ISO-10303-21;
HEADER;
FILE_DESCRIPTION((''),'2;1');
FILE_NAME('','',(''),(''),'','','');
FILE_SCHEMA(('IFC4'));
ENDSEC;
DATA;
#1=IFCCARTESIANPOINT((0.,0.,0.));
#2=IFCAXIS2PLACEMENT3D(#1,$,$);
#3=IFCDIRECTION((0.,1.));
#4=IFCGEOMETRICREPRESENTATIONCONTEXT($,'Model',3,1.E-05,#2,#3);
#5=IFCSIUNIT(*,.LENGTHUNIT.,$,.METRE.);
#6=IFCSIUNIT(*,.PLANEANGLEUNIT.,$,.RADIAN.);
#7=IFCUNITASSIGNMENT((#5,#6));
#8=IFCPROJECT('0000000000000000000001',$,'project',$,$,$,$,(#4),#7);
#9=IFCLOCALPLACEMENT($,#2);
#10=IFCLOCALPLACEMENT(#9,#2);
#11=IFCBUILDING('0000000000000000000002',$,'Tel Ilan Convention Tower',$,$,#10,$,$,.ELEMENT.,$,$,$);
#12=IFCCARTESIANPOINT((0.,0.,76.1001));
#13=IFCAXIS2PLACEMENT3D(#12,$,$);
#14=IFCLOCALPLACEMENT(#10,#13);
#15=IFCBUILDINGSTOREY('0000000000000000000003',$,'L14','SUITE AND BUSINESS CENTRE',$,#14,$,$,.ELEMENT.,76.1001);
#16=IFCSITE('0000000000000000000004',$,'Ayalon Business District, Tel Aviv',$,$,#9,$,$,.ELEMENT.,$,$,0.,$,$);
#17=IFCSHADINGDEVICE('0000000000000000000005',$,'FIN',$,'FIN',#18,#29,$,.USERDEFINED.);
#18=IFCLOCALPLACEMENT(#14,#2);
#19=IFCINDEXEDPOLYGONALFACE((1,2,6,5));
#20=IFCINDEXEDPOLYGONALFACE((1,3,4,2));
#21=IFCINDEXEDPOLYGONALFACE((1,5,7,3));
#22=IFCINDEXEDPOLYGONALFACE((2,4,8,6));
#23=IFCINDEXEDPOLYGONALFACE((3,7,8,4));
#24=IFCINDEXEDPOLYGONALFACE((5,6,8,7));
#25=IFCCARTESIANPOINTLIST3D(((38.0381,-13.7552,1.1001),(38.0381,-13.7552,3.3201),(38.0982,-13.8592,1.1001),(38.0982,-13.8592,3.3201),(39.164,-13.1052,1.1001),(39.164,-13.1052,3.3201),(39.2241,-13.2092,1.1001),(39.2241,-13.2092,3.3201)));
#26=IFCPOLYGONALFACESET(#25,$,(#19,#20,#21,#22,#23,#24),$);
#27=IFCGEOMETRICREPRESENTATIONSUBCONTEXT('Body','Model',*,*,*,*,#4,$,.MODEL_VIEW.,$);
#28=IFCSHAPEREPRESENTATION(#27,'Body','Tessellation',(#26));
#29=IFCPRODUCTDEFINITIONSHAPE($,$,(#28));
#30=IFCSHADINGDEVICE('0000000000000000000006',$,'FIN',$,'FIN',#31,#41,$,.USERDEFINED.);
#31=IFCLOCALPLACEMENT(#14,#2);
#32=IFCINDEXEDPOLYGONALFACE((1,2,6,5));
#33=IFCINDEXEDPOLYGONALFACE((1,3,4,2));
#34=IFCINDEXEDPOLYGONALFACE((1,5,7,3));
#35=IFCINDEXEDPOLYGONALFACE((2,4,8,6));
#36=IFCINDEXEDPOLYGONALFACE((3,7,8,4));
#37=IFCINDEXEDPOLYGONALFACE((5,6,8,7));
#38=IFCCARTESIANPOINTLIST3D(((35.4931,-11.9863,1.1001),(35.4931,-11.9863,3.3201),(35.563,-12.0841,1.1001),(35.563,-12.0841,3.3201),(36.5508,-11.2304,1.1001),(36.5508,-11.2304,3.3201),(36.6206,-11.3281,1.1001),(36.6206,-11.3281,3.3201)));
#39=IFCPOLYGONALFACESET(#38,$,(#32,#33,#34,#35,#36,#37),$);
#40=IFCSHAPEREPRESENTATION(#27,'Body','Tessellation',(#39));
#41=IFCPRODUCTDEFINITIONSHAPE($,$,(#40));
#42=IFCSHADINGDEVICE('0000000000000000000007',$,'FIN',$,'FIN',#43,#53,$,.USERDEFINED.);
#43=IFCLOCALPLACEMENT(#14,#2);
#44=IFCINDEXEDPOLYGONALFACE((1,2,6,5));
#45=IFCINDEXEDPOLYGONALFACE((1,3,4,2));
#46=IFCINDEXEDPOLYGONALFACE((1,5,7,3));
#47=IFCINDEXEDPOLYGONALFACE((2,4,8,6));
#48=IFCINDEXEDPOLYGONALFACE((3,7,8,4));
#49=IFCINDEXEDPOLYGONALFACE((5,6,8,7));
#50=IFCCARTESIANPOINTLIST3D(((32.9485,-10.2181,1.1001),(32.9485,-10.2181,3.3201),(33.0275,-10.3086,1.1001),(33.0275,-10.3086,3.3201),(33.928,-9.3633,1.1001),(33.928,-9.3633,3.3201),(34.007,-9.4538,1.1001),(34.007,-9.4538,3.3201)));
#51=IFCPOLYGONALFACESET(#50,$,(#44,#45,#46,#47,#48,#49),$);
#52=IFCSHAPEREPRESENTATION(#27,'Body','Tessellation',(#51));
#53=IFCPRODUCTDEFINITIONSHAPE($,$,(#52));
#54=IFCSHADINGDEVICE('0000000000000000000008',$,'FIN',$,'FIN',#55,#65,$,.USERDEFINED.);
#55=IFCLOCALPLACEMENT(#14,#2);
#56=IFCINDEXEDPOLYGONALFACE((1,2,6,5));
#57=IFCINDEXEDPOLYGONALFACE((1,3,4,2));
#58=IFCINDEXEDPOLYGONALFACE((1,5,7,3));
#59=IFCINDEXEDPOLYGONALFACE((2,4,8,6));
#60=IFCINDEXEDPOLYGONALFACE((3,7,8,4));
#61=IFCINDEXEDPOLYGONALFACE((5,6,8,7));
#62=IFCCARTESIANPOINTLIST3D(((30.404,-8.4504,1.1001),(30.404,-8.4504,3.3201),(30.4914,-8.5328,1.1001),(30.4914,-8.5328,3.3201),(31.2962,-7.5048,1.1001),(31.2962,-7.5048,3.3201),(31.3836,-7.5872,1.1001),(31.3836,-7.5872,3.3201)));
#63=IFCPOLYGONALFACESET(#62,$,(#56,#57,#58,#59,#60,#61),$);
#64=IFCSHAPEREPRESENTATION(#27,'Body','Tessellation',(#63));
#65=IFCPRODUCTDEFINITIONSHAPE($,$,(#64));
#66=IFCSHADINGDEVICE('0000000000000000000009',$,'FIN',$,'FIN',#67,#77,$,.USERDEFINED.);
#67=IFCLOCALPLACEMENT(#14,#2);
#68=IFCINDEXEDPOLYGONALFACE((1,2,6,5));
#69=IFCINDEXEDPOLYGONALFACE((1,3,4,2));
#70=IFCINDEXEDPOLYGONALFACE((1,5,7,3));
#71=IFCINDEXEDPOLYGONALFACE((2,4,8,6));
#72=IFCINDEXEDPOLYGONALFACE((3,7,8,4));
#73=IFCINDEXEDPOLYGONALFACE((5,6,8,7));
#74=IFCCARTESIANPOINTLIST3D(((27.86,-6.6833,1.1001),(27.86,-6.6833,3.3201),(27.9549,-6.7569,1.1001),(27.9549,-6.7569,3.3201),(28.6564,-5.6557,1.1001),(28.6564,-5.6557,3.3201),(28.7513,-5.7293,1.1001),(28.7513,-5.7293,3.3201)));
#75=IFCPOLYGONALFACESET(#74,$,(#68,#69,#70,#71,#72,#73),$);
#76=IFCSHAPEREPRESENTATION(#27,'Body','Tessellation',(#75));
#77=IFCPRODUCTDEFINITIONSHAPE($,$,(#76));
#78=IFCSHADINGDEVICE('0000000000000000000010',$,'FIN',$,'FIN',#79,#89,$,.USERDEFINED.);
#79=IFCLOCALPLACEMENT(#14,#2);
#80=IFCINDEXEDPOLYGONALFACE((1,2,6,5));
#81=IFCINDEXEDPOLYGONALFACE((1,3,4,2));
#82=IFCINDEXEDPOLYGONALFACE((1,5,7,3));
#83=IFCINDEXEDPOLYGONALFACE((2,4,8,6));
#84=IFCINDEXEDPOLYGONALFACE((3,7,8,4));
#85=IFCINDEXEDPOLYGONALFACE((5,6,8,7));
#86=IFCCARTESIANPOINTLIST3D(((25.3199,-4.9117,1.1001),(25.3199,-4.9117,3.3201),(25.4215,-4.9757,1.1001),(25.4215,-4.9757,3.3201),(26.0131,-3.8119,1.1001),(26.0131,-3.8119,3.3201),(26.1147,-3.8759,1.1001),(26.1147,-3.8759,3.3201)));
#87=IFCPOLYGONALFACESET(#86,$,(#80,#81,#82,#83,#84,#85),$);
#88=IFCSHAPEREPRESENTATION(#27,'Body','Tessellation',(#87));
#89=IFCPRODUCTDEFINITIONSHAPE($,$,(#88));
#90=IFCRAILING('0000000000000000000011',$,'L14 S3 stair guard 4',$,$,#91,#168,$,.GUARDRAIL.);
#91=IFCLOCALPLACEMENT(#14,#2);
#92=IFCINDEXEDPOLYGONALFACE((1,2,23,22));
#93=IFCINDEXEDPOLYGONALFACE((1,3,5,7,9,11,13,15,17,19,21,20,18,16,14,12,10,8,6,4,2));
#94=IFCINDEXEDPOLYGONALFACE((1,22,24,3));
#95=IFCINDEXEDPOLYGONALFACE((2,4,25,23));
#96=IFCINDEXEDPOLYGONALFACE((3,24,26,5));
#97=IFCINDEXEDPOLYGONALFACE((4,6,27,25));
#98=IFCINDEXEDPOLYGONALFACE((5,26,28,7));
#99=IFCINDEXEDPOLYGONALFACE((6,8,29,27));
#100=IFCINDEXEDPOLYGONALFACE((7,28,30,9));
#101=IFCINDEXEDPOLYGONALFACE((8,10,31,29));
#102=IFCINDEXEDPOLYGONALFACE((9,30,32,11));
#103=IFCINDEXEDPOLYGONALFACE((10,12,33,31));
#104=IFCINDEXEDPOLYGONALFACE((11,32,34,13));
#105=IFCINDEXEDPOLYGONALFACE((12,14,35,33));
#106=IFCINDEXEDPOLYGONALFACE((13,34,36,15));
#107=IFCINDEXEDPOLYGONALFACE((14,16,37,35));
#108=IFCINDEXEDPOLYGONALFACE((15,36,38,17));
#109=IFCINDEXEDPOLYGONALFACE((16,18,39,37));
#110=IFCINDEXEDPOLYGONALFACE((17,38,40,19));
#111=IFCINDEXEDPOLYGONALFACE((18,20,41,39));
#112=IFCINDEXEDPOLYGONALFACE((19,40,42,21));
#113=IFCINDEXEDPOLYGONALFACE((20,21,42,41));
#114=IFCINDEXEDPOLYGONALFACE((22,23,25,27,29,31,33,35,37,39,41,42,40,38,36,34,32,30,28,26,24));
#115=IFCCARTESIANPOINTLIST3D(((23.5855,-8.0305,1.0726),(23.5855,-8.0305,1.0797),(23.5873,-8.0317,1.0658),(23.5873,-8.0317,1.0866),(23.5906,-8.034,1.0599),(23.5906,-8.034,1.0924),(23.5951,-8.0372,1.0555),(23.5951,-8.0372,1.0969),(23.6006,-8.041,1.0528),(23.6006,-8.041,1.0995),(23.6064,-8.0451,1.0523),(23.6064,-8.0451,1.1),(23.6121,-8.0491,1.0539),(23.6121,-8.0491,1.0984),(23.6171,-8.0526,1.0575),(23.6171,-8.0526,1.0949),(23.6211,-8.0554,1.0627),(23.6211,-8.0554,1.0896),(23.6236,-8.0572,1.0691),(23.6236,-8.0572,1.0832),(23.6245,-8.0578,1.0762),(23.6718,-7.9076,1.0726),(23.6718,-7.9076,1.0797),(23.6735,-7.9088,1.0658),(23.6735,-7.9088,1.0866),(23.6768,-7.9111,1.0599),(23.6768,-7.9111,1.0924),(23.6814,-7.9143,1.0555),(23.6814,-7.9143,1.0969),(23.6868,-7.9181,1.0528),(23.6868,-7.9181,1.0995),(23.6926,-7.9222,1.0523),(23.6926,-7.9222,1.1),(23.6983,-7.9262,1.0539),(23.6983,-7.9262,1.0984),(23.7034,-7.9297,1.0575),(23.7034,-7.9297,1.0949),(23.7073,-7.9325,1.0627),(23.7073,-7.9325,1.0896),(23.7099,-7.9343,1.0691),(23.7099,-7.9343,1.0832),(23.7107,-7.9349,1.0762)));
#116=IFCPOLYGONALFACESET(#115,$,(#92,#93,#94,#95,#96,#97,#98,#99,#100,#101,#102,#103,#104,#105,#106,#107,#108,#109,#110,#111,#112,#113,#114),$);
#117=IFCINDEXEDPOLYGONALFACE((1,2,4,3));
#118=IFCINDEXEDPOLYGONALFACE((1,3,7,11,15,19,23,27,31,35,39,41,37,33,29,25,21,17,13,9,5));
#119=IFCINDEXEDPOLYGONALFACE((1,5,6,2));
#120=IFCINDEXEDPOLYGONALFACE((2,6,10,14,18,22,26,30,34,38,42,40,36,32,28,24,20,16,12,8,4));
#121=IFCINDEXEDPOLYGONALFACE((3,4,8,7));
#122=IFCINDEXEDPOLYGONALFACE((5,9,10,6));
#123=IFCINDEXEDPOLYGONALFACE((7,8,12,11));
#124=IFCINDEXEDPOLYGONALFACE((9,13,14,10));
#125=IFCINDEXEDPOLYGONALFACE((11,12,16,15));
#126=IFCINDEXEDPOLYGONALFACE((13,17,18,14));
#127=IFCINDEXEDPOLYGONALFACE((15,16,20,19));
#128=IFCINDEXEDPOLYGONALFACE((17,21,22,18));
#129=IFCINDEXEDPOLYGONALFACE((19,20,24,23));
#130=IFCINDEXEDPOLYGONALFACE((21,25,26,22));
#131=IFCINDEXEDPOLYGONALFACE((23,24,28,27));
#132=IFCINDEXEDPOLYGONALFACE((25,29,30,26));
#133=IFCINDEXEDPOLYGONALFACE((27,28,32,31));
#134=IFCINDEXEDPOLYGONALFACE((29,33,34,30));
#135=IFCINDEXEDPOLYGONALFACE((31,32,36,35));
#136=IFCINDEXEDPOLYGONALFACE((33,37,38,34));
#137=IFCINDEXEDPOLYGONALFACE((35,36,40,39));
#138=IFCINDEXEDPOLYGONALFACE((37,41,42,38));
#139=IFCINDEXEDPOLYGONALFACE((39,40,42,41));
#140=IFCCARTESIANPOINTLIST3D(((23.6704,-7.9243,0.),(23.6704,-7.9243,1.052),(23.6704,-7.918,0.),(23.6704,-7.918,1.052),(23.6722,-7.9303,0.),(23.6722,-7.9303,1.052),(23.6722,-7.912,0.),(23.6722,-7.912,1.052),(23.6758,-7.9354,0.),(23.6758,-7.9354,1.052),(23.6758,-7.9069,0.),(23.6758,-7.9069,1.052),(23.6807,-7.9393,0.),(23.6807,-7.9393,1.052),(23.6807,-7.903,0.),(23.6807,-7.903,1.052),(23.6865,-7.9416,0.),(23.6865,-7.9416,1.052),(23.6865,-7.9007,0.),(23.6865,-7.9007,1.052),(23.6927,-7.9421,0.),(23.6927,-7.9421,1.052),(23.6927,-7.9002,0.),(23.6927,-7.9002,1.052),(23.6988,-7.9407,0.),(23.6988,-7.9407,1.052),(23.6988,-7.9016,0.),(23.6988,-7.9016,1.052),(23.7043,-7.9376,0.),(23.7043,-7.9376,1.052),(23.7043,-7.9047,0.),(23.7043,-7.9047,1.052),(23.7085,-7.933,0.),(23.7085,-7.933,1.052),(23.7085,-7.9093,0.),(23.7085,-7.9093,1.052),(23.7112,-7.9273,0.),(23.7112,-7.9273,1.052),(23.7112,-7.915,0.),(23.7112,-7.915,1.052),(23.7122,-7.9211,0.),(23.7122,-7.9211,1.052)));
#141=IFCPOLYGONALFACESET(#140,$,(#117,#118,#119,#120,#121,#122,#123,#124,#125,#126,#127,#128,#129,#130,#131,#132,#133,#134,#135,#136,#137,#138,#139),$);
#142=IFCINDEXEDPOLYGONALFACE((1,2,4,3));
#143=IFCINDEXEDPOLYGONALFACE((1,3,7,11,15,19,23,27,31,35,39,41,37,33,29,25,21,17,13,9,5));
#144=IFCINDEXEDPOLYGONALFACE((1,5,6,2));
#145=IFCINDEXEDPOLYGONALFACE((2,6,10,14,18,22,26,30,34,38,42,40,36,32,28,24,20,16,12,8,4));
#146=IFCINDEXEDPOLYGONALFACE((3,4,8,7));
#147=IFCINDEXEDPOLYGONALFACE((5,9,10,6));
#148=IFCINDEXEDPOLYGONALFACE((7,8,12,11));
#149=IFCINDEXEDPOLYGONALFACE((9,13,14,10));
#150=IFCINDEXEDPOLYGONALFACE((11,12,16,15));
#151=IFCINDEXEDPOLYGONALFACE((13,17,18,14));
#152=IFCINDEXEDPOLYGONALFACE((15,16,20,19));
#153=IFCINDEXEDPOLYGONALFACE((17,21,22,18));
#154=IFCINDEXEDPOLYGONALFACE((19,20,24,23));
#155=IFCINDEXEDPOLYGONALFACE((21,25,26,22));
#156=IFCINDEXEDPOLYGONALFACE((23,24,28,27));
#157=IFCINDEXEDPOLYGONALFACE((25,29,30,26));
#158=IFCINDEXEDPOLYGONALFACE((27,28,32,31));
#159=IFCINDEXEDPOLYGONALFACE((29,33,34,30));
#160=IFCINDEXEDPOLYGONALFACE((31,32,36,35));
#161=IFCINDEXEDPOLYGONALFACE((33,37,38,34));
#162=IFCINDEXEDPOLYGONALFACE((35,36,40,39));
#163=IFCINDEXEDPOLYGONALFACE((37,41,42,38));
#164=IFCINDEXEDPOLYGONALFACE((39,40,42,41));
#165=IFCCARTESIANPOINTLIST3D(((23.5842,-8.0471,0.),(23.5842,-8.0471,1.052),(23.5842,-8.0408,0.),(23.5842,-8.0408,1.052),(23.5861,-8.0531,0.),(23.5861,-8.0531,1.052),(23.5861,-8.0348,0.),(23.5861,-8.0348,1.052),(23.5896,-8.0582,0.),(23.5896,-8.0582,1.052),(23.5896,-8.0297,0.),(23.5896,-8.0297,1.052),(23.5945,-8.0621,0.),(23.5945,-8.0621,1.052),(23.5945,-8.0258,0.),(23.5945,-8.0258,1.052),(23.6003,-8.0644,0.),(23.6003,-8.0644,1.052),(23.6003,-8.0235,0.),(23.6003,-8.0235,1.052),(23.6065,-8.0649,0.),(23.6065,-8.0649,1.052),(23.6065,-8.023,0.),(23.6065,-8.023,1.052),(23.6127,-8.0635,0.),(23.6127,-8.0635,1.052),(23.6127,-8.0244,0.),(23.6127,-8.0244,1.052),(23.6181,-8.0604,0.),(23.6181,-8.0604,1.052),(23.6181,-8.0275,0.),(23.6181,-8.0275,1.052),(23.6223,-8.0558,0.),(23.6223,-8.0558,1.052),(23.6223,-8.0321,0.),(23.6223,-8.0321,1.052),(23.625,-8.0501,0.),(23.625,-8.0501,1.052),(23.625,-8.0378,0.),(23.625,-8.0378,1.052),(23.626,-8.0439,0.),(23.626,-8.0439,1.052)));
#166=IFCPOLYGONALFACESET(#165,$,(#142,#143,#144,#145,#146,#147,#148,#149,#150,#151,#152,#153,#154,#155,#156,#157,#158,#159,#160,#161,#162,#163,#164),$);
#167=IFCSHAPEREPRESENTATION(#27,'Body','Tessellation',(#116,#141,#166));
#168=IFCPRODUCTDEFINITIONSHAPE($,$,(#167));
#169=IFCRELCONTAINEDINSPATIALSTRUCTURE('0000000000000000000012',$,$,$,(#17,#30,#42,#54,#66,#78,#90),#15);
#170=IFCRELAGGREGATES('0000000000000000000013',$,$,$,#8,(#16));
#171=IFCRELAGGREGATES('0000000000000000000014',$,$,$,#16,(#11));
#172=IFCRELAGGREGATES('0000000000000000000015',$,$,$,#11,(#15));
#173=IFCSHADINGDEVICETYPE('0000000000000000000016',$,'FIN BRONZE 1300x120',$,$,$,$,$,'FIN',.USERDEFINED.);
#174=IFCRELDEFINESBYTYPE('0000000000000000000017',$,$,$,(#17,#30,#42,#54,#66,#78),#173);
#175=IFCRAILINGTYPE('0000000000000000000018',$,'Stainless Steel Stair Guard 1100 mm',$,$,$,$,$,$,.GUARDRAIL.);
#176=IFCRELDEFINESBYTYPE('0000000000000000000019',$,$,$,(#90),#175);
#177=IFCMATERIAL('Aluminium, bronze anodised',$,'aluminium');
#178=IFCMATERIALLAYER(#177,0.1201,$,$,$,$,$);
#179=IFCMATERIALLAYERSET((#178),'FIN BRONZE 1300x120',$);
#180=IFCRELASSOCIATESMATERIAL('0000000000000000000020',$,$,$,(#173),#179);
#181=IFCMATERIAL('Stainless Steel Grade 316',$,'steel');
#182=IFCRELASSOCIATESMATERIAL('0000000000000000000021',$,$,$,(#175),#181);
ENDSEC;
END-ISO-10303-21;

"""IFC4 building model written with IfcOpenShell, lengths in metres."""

from ifc_helpers import new_model, si_unit, direction, frame, origin, origin_2d, place, context, subcontext, project, spatial, rectangle, circle, extrude, material, layer, layer_set, type_object, element, save


model = new_model("IFC4")

# Units and contexts
model_context = context("Model", 3, precision=1e-05, world=origin(), true_north=direction((0.0, 1.0)))
body_context = subcontext(model_context, "Body", "Model", "MODEL_VIEW")
ifc_project = project(units=[si_unit("LENGTHUNIT", "METRE"), si_unit("PLANEANGLEUNIT", "RADIAN")], contexts=[model_context])

# Site, building, storey
site_placement = place(None, origin())
site = spatial("IfcSite", under=ifc_project, at=site_placement, Name="Ayalon Business District, Tel Aviv", CompositionType="ELEMENT", RefElevation=0.0)
building_placement = place(site_placement, origin())
building = spatial("IfcBuilding", under=site, at=building_placement, Name="Tel Ilan Convention Tower", CompositionType="ELEMENT")
storey_placement = place(building_placement, frame((0.0, 0.0, 76.1001)))
storey = spatial("IfcBuildingStorey", under=building, at=storey_placement, Name="L14", Description="SUITE AND BUSINESS CENTRE", CompositionType="ELEMENT", Elevation=76.1001)

# Shading devices
ifc_material_1 = material(Name="Aluminium, bronze anodised", Category="aluminium")
ifc_layer_1 = layer(ifc_material_1, 0.1201)
ifc_layer_set_1 = layer_set([ifc_layer_1], Name="FIN BRONZE 1300x120")
shading_device_type = type_object("IfcShadingDeviceType", Name="FIN BRONZE 1300x120", ElementType="FIN", PredefinedType="USERDEFINED", material=ifc_layer_set_1)
for number, where, z_axis, x_axis, name in (
    (1, (38.6311, -13.4822, 1.1001), (0.0, 0.0, 1.0), (0.866025, 0.5, 0.0), "FIN"),
    (2, (36.0569, -11.6572, 1.1001), (0.0, 0.0, 1.0), (0.813552, 0.581492, 0.0), "FIN"),
    (3, (33.4778, -9.8359, 1.1001), (0.0, 0.0, 1.0), (0.753436, 0.657521, 0.0), "FIN"),
    (4, (30.8938, -8.0188, 1.1001), (0.0, 0.0, 1.0), (0.686242, 0.727374, 0.0), "FIN"),
    (5, (28.3057, -6.2063, 1.1001), (0.0, 0.0, 1.0), (0.612601, 0.790393, 0.0), "FIN"),
    (6, (25.7173, -4.3938, 1.1001), (0.0, 0.0, 1.0), (0.533204, 0.845986, 0.0), "FIN"),
):
    element("IfcShadingDevice", number, at=place(storey_placement, frame(where, z_axis=z_axis, x_axis=x_axis)), inside=storey, type_object=shading_device_type, Name=name, ObjectType="FIN", PredefinedType="USERDEFINED", context=body_context, shape_type="SweptSolid", body=[
        extrude(rectangle(XDim=1.3, YDim=0.1201, at=origin_2d()), origin(), (0.0, 0.0, 1.0), 2.22),
    ])

# Railing
ifc_material_2 = material(Name="Stainless Steel Grade 316", Category="steel")
railing_type_1 = type_object("IfcRailingType", Name="Stainless Steel Stair Guard 1100 mm", PredefinedType="GUARDRAIL", material=ifc_material_2)
railing_1_placement = place(storey_placement, frame((23.6912, -7.9211, 0.0)))
element("IfcRailing", 7, at=railing_1_placement, inside=storey, type_object=railing_type_1, Name="L14 S3 stair guard 4", PredefinedType="GUARDRAIL", context=body_context, shape_type="SweptSolid", body=[
    extrude(circle(Radius=0.0239, at=origin_2d()), frame((0.0, 0.0, 1.0762), z_axis=(-0.574445, -0.818543, 0.0), x_axis=(0.818543, -0.574445, 0.0)), (0.0, 0.0, 1.0), 0.1501),
    extrude(circle(Radius=0.021, at=origin_2d()), origin(), (0.0, 0.0, 1.0), 1.052),
    extrude(circle(Radius=0.021, at=origin_2d()), frame((-0.0862, -0.1228, 0.0)), (0.0, 0.0, 1.0), 1.052),
])

save(model, "model.ifc")
